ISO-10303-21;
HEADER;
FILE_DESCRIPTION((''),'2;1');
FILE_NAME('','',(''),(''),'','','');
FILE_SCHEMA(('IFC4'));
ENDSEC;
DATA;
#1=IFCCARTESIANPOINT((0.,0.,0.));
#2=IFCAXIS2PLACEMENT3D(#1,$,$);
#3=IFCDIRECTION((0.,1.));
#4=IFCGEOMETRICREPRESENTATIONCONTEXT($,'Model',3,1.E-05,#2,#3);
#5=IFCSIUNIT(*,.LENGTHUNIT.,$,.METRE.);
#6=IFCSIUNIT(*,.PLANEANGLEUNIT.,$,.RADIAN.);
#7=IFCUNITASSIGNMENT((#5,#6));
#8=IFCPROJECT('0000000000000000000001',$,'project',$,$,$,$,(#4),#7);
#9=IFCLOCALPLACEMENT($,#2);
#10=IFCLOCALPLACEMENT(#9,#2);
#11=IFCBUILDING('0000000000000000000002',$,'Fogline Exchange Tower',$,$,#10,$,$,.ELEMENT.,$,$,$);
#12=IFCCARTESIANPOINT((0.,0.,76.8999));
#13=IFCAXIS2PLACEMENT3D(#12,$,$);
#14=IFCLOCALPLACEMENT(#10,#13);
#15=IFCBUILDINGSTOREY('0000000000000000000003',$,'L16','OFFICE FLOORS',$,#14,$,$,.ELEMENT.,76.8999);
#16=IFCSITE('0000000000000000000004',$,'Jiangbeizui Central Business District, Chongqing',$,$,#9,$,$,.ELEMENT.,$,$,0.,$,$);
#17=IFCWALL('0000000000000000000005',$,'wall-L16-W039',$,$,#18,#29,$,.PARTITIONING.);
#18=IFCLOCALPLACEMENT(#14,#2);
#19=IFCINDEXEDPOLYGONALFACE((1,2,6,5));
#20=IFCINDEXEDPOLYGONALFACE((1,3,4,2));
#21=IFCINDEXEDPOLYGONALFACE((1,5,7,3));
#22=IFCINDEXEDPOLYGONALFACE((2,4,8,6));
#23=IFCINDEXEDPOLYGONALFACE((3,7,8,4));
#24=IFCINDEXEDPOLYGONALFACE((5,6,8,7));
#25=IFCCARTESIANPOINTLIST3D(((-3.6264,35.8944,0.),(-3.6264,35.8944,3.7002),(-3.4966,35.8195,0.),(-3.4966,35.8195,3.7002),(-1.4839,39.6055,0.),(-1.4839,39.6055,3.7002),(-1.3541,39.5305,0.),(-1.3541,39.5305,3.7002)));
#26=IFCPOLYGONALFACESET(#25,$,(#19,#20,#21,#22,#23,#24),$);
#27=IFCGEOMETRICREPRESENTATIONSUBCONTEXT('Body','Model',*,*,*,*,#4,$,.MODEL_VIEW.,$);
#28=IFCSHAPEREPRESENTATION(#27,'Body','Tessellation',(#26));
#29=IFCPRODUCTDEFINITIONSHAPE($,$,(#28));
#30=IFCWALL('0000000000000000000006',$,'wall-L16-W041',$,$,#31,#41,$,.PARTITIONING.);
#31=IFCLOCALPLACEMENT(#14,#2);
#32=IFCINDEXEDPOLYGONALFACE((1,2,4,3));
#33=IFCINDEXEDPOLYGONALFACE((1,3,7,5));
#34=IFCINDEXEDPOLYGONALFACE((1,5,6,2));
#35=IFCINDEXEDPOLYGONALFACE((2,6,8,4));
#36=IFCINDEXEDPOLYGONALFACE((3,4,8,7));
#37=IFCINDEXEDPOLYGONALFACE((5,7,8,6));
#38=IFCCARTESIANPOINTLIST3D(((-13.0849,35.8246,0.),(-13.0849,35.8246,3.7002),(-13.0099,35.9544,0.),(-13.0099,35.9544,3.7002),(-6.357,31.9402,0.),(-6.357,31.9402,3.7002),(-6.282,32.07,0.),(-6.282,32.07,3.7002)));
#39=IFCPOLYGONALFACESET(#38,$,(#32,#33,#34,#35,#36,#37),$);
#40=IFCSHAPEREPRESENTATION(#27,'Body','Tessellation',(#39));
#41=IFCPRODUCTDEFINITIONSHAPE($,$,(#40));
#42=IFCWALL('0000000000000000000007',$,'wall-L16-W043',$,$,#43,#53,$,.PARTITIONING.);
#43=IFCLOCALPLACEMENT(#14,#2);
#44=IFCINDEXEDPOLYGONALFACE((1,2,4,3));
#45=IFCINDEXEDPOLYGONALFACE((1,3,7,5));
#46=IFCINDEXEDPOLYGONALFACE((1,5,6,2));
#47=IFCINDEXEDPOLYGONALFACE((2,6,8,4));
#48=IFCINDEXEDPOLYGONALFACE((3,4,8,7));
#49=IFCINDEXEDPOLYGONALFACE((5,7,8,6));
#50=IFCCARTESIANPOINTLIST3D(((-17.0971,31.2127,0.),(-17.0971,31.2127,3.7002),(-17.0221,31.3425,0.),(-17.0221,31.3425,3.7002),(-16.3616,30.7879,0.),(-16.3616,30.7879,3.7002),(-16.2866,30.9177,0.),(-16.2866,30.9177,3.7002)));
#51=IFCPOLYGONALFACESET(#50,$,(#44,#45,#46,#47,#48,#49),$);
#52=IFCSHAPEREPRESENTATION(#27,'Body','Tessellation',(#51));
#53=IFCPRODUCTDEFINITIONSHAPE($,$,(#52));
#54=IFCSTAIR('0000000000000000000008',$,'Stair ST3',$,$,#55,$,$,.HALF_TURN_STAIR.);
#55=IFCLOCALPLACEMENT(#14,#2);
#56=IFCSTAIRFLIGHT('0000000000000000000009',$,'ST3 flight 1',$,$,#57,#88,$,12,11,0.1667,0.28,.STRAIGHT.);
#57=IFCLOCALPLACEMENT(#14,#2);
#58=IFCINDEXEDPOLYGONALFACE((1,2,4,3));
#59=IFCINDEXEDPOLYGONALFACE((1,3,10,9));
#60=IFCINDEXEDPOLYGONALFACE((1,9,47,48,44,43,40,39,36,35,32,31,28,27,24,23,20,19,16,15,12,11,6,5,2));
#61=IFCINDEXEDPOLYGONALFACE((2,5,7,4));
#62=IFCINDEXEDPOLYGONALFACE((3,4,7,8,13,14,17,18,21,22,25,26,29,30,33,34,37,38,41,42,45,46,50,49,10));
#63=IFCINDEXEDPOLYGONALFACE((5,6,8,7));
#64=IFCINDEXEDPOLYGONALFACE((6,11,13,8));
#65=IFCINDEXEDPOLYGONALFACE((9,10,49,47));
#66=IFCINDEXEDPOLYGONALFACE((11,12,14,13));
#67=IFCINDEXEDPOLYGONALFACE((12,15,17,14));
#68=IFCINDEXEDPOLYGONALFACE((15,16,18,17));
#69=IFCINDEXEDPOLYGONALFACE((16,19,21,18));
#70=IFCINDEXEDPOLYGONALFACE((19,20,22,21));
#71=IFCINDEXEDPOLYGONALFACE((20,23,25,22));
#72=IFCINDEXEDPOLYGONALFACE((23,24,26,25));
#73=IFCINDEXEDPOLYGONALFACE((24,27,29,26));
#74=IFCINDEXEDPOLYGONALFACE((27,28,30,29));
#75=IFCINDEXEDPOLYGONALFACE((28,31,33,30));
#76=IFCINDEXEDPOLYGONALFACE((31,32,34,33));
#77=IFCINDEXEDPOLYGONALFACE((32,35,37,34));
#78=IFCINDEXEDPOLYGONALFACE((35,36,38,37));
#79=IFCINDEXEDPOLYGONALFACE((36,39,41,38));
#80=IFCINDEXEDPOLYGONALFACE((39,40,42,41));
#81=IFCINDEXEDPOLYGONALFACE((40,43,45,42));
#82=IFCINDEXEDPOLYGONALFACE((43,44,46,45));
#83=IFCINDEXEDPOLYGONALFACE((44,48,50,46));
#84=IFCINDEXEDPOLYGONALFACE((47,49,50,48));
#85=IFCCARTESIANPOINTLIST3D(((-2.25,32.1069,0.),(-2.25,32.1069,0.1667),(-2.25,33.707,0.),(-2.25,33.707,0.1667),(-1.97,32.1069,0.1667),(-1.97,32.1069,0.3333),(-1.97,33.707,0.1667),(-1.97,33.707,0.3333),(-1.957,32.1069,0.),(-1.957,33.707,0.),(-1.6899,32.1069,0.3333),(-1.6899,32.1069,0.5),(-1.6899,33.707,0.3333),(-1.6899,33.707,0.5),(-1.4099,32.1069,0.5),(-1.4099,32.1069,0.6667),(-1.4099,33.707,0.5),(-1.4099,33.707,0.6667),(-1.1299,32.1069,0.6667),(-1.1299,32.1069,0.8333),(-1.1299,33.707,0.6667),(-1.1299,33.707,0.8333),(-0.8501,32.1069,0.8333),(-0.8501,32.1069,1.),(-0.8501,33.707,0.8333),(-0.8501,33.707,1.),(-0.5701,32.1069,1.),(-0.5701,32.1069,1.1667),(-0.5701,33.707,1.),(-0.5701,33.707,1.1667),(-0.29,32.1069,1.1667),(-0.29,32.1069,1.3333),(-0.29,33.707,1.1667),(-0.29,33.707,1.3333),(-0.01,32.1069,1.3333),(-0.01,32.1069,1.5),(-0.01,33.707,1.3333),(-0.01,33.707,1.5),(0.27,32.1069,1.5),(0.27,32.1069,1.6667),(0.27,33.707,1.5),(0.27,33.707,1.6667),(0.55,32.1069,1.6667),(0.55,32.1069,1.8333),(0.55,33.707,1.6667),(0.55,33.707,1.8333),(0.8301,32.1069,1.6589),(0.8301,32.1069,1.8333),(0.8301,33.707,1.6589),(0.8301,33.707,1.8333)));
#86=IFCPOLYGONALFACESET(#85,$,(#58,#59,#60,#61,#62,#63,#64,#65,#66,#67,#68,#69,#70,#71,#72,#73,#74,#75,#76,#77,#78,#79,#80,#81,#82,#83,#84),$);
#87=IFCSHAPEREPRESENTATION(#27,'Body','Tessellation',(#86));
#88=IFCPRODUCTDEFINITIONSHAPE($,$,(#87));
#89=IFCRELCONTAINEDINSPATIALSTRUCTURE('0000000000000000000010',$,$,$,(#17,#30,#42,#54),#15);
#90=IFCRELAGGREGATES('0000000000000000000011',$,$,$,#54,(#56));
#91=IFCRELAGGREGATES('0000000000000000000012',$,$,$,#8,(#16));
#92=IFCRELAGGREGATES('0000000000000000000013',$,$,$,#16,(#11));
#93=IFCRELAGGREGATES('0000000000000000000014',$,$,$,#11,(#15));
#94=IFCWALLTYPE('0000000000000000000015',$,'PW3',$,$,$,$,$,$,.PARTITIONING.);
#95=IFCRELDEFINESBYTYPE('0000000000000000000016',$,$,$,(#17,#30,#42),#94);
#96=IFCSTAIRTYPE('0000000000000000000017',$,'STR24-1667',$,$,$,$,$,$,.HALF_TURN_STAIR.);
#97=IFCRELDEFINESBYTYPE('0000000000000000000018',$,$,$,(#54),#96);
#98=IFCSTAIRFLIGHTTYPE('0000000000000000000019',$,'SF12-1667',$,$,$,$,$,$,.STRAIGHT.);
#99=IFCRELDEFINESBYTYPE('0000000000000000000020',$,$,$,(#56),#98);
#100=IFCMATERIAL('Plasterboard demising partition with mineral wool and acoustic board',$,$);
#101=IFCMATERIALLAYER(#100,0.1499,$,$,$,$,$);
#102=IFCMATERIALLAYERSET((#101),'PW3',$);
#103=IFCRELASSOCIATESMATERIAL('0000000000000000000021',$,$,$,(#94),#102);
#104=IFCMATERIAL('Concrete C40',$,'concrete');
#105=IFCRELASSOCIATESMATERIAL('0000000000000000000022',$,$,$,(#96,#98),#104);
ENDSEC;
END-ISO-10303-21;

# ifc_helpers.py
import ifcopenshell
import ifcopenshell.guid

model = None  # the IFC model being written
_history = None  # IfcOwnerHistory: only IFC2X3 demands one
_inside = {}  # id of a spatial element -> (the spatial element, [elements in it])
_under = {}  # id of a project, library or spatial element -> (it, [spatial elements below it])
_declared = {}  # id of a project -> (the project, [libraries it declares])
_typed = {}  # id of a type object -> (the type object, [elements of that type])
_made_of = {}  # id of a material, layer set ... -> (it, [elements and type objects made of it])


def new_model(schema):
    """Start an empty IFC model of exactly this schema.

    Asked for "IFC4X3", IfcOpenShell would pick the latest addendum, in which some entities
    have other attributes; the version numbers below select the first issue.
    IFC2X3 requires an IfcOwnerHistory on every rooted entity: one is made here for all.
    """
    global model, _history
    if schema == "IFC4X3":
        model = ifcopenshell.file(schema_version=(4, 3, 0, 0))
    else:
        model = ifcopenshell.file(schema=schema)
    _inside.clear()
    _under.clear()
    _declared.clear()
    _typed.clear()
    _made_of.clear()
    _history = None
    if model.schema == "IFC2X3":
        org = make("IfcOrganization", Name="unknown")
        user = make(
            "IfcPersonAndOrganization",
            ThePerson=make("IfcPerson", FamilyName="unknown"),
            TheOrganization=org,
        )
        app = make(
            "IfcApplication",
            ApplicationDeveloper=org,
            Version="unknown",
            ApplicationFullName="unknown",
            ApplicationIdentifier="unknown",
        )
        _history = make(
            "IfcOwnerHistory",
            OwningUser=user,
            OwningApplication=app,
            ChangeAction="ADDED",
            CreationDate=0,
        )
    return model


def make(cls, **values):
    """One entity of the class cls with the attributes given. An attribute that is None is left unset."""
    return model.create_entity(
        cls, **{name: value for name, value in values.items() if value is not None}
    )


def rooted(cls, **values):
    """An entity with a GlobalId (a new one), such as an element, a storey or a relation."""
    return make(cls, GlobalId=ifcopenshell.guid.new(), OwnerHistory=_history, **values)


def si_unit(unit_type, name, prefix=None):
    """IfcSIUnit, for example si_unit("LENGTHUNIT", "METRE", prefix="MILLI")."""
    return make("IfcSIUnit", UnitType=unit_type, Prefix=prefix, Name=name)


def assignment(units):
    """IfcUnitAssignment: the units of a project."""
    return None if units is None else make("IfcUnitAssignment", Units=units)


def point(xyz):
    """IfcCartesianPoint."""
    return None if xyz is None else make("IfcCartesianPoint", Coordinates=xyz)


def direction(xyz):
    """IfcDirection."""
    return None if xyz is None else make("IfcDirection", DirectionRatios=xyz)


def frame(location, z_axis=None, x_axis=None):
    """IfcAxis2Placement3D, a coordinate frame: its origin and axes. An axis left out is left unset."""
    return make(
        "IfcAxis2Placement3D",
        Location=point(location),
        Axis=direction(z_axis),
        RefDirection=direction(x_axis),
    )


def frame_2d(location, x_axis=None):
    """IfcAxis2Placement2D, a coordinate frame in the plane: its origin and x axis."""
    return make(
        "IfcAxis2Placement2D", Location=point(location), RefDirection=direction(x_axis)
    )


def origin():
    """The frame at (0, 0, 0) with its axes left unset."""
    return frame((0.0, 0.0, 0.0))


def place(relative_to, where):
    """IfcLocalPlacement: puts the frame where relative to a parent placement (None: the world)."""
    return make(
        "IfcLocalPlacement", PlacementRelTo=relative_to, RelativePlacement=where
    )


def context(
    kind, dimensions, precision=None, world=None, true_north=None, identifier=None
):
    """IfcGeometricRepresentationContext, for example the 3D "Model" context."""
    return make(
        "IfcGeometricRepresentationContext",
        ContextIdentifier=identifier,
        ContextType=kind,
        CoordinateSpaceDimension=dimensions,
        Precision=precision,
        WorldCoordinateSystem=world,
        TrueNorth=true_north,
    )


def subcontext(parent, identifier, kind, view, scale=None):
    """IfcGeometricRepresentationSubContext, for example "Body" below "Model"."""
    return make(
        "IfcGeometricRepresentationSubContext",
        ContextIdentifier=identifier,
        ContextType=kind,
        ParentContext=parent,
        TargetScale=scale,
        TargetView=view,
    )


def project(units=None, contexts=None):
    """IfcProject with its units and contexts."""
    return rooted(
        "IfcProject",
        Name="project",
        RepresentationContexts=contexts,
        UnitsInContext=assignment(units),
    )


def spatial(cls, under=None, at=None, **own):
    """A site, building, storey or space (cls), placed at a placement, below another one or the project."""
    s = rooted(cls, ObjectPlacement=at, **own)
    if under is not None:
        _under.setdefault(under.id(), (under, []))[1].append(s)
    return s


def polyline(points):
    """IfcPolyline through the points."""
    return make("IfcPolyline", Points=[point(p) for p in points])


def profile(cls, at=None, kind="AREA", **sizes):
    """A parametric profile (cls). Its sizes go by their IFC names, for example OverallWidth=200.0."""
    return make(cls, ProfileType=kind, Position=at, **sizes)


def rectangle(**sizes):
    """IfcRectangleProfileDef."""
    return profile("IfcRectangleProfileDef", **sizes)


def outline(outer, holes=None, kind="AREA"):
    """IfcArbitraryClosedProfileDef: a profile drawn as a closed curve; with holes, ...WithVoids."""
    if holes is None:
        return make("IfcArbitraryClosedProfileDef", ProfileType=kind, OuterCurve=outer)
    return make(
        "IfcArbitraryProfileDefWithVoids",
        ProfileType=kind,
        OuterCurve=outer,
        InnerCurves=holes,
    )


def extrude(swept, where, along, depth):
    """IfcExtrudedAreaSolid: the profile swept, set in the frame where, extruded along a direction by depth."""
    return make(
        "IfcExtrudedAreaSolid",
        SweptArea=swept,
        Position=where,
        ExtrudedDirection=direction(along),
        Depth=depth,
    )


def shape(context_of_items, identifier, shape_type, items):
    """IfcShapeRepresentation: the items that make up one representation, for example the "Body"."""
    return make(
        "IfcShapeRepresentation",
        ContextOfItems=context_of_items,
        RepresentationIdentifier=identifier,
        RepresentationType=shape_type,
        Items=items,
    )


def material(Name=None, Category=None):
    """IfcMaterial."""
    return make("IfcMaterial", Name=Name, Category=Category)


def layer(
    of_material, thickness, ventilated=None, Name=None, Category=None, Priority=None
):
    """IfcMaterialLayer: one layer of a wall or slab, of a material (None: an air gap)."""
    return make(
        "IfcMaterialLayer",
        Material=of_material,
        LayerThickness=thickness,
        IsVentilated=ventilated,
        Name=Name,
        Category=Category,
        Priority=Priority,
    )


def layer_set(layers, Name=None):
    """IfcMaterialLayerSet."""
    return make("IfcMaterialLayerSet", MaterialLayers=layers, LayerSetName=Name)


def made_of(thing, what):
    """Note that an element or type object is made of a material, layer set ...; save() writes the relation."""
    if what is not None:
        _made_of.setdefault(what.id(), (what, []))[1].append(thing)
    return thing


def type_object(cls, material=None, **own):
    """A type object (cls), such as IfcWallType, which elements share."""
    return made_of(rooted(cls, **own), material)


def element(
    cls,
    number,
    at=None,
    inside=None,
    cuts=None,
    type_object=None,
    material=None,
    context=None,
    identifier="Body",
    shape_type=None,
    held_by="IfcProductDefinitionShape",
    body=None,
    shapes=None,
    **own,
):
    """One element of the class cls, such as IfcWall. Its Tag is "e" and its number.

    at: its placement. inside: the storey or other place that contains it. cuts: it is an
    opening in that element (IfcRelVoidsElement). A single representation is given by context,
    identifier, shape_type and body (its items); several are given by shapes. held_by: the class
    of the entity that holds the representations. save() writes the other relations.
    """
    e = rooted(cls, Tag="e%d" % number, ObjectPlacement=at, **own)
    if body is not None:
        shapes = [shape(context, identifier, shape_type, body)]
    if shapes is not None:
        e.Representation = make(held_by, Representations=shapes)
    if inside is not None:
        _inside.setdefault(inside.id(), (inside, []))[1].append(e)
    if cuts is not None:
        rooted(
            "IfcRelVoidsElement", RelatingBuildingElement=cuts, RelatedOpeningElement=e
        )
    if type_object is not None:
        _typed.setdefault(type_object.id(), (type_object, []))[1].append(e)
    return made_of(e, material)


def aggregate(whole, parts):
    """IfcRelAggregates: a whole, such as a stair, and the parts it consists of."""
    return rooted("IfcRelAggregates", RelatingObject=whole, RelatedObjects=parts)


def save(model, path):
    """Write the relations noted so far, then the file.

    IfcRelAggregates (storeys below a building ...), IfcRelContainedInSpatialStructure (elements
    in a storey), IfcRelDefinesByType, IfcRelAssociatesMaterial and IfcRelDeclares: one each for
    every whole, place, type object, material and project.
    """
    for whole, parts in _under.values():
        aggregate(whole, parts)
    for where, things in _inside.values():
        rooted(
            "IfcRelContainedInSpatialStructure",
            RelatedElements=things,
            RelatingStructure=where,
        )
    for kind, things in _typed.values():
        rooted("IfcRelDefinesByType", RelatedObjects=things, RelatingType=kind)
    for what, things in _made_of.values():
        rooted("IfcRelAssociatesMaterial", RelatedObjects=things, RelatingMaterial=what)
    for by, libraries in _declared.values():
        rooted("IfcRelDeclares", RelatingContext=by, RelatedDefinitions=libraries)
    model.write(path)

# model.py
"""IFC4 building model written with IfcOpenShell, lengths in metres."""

from ifc_helpers import new_model, si_unit, direction, frame, frame_2d, origin, place, context, subcontext, project, spatial, polyline, rectangle, outline, extrude, material, layer, layer_set, type_object, element, aggregate, save


model = new_model("IFC4")

# Units and contexts
model_context = context("Model", 3, precision=1e-05, world=origin(), true_north=direction((0.0, 1.0)))
body_context = subcontext(model_context, "Body", "Model", "MODEL_VIEW")
ifc_project = project(units=[si_unit("LENGTHUNIT", "METRE"), si_unit("PLANEANGLEUNIT", "RADIAN")], contexts=[model_context])

# Site, building, storey
site_placement = place(None, origin())
site = spatial("IfcSite", under=ifc_project, at=site_placement, Name="Jiangbeizui Central Business District, Chongqing", CompositionType="ELEMENT", RefElevation=0.0)
building_placement = place(site_placement, origin())
building = spatial("IfcBuilding", under=site, at=building_placement, Name="Fogline Exchange Tower", CompositionType="ELEMENT")
storey_placement = place(building_placement, frame((0.0, 0.0, 76.8999)))
storey = spatial("IfcBuildingStorey", under=building, at=storey_placement, Name="L16", Description="OFFICE FLOORS", CompositionType="ELEMENT", Elevation=76.8999)

# Shared definitions
ifc_material_1 = material(Name="Concrete C40", Category="concrete")

# Walls
ifc_material_2 = material(Name="Plasterboard demising partition with mineral wool and acoustic board")
ifc_layer_1 = layer(ifc_material_2, 0.1499)
ifc_layer_set_1 = layer_set([ifc_layer_1], Name="PW3")
wall_type_1 = type_object("IfcWallType", Name="PW3", PredefinedType="PARTITIONING", material=ifc_layer_set_1)
wall_1_placement = place(storey_placement, frame((-3.5615, 35.8569, 0.0), z_axis=(0.0, 0.0, 1.0), x_axis=(0.499987, 0.866033, 0.0)))
element("IfcWall", 1, at=wall_1_placement, inside=storey, type_object=wall_type_1, Name="wall-L16-W039", PredefinedType="PARTITIONING", context=body_context, shape_type="SweptSolid", body=[
    extrude(rectangle(XDim=4.2852, YDim=0.1499, at=frame_2d((2.1426, 0.0))), origin(), (0.0, 0.0, 1.0), 3.7002),
])
wall_2_placement = place(storey_placement, frame((-6.3196, 32.0051, 0.0), z_axis=(0.0, 0.0, 1.0), x_axis=(-0.86602, 0.500009, 0.0)))
element("IfcWall", 2, at=wall_2_placement, inside=storey, type_object=wall_type_1, Name="wall-L16-W041", PredefinedType="PARTITIONING", context=body_context, shape_type="SweptSolid", body=[
    extrude(rectangle(XDim=7.7688, YDim=0.1499, at=frame_2d((3.8843, 0.0))), origin(), (0.0, 0.0, 1.0), 3.7002),
])
wall_3_placement = place(storey_placement, frame((-16.324, 30.8528, 0.0), z_axis=(0.0, 0.0, 1.0), x_axis=(-0.86597, 0.500096, 0.0)))
element("IfcWall", 3, at=wall_3_placement, inside=storey, type_object=wall_type_1, Name="wall-L16-W043", PredefinedType="PARTITIONING", context=body_context, shape_type="SweptSolid", body=[
    extrude(rectangle(XDim=0.8494, YDim=0.1499, at=frame_2d((0.4248, 0.0))), origin(), (0.0, 0.0, 1.0), 3.7002),
])

# Stair, stair flight
stair_type = type_object("IfcStairType", Name="STR24-1667", PredefinedType="HALF_TURN_STAIR", material=ifc_material_1)
stair_placement = place(storey_placement, origin())
stair = element("IfcStair", 4, at=stair_placement, inside=storey, type_object=stair_type, Name="Stair ST3", PredefinedType="HALF_TURN_STAIR")
stair_flight_type = type_object("IfcStairFlightType", Name="SF12-1667", PredefinedType="STRAIGHT", material=ifc_material_1)
stair_flight_placement = place(storey_placement, frame((-2.25, 32.907, 0.0), z_axis=(0.0, 0.0, 1.0), x_axis=(1.0, 0.0, 0.0)))
stair_flight = element("IfcStairFlight", 5, at=stair_flight_placement, type_object=stair_flight_type, Name="ST3 flight 1", NumberOfRisers=12, NumberOfTreads=11, PredefinedType="STRAIGHT", RiserHeight=0.1667, TreadLength=0.28, context=body_context, shape_type="SweptSolid", body=[
    extrude(outline(polyline([(0.0, 0.0), (0.0, 0.1667), (0.28, 0.1667), (0.28, 0.3333), (0.5601, 0.3333), (0.5601, 0.5), (0.8401, 0.5), (0.8401, 0.6667), (1.1201, 0.6667), (1.1201, 0.8333), (1.3999, 0.8333), (1.3999, 1.0), (1.6799, 1.0), (1.6799, 1.1667), (1.96, 1.1667), (1.96, 1.3333), (2.24, 1.3333), (2.24, 1.5), (2.52, 1.5), (2.52, 1.6667), (2.8, 1.6667), (2.8, 1.8333), (3.0801, 1.8333), (3.0801, 2.0), (3.0801, 1.6589), (0.293, 0.0), (0.0, 0.0)])), frame((0.0, 0.8, 0.0), z_axis=(0.0, -1.0, 0.0), x_axis=(1.0, 0.0, 0.0)), (0.0, 0.0, 1.0), 1.6001),
])
aggregate(stair, [stair_flight])

save(model, "model.ifc")
